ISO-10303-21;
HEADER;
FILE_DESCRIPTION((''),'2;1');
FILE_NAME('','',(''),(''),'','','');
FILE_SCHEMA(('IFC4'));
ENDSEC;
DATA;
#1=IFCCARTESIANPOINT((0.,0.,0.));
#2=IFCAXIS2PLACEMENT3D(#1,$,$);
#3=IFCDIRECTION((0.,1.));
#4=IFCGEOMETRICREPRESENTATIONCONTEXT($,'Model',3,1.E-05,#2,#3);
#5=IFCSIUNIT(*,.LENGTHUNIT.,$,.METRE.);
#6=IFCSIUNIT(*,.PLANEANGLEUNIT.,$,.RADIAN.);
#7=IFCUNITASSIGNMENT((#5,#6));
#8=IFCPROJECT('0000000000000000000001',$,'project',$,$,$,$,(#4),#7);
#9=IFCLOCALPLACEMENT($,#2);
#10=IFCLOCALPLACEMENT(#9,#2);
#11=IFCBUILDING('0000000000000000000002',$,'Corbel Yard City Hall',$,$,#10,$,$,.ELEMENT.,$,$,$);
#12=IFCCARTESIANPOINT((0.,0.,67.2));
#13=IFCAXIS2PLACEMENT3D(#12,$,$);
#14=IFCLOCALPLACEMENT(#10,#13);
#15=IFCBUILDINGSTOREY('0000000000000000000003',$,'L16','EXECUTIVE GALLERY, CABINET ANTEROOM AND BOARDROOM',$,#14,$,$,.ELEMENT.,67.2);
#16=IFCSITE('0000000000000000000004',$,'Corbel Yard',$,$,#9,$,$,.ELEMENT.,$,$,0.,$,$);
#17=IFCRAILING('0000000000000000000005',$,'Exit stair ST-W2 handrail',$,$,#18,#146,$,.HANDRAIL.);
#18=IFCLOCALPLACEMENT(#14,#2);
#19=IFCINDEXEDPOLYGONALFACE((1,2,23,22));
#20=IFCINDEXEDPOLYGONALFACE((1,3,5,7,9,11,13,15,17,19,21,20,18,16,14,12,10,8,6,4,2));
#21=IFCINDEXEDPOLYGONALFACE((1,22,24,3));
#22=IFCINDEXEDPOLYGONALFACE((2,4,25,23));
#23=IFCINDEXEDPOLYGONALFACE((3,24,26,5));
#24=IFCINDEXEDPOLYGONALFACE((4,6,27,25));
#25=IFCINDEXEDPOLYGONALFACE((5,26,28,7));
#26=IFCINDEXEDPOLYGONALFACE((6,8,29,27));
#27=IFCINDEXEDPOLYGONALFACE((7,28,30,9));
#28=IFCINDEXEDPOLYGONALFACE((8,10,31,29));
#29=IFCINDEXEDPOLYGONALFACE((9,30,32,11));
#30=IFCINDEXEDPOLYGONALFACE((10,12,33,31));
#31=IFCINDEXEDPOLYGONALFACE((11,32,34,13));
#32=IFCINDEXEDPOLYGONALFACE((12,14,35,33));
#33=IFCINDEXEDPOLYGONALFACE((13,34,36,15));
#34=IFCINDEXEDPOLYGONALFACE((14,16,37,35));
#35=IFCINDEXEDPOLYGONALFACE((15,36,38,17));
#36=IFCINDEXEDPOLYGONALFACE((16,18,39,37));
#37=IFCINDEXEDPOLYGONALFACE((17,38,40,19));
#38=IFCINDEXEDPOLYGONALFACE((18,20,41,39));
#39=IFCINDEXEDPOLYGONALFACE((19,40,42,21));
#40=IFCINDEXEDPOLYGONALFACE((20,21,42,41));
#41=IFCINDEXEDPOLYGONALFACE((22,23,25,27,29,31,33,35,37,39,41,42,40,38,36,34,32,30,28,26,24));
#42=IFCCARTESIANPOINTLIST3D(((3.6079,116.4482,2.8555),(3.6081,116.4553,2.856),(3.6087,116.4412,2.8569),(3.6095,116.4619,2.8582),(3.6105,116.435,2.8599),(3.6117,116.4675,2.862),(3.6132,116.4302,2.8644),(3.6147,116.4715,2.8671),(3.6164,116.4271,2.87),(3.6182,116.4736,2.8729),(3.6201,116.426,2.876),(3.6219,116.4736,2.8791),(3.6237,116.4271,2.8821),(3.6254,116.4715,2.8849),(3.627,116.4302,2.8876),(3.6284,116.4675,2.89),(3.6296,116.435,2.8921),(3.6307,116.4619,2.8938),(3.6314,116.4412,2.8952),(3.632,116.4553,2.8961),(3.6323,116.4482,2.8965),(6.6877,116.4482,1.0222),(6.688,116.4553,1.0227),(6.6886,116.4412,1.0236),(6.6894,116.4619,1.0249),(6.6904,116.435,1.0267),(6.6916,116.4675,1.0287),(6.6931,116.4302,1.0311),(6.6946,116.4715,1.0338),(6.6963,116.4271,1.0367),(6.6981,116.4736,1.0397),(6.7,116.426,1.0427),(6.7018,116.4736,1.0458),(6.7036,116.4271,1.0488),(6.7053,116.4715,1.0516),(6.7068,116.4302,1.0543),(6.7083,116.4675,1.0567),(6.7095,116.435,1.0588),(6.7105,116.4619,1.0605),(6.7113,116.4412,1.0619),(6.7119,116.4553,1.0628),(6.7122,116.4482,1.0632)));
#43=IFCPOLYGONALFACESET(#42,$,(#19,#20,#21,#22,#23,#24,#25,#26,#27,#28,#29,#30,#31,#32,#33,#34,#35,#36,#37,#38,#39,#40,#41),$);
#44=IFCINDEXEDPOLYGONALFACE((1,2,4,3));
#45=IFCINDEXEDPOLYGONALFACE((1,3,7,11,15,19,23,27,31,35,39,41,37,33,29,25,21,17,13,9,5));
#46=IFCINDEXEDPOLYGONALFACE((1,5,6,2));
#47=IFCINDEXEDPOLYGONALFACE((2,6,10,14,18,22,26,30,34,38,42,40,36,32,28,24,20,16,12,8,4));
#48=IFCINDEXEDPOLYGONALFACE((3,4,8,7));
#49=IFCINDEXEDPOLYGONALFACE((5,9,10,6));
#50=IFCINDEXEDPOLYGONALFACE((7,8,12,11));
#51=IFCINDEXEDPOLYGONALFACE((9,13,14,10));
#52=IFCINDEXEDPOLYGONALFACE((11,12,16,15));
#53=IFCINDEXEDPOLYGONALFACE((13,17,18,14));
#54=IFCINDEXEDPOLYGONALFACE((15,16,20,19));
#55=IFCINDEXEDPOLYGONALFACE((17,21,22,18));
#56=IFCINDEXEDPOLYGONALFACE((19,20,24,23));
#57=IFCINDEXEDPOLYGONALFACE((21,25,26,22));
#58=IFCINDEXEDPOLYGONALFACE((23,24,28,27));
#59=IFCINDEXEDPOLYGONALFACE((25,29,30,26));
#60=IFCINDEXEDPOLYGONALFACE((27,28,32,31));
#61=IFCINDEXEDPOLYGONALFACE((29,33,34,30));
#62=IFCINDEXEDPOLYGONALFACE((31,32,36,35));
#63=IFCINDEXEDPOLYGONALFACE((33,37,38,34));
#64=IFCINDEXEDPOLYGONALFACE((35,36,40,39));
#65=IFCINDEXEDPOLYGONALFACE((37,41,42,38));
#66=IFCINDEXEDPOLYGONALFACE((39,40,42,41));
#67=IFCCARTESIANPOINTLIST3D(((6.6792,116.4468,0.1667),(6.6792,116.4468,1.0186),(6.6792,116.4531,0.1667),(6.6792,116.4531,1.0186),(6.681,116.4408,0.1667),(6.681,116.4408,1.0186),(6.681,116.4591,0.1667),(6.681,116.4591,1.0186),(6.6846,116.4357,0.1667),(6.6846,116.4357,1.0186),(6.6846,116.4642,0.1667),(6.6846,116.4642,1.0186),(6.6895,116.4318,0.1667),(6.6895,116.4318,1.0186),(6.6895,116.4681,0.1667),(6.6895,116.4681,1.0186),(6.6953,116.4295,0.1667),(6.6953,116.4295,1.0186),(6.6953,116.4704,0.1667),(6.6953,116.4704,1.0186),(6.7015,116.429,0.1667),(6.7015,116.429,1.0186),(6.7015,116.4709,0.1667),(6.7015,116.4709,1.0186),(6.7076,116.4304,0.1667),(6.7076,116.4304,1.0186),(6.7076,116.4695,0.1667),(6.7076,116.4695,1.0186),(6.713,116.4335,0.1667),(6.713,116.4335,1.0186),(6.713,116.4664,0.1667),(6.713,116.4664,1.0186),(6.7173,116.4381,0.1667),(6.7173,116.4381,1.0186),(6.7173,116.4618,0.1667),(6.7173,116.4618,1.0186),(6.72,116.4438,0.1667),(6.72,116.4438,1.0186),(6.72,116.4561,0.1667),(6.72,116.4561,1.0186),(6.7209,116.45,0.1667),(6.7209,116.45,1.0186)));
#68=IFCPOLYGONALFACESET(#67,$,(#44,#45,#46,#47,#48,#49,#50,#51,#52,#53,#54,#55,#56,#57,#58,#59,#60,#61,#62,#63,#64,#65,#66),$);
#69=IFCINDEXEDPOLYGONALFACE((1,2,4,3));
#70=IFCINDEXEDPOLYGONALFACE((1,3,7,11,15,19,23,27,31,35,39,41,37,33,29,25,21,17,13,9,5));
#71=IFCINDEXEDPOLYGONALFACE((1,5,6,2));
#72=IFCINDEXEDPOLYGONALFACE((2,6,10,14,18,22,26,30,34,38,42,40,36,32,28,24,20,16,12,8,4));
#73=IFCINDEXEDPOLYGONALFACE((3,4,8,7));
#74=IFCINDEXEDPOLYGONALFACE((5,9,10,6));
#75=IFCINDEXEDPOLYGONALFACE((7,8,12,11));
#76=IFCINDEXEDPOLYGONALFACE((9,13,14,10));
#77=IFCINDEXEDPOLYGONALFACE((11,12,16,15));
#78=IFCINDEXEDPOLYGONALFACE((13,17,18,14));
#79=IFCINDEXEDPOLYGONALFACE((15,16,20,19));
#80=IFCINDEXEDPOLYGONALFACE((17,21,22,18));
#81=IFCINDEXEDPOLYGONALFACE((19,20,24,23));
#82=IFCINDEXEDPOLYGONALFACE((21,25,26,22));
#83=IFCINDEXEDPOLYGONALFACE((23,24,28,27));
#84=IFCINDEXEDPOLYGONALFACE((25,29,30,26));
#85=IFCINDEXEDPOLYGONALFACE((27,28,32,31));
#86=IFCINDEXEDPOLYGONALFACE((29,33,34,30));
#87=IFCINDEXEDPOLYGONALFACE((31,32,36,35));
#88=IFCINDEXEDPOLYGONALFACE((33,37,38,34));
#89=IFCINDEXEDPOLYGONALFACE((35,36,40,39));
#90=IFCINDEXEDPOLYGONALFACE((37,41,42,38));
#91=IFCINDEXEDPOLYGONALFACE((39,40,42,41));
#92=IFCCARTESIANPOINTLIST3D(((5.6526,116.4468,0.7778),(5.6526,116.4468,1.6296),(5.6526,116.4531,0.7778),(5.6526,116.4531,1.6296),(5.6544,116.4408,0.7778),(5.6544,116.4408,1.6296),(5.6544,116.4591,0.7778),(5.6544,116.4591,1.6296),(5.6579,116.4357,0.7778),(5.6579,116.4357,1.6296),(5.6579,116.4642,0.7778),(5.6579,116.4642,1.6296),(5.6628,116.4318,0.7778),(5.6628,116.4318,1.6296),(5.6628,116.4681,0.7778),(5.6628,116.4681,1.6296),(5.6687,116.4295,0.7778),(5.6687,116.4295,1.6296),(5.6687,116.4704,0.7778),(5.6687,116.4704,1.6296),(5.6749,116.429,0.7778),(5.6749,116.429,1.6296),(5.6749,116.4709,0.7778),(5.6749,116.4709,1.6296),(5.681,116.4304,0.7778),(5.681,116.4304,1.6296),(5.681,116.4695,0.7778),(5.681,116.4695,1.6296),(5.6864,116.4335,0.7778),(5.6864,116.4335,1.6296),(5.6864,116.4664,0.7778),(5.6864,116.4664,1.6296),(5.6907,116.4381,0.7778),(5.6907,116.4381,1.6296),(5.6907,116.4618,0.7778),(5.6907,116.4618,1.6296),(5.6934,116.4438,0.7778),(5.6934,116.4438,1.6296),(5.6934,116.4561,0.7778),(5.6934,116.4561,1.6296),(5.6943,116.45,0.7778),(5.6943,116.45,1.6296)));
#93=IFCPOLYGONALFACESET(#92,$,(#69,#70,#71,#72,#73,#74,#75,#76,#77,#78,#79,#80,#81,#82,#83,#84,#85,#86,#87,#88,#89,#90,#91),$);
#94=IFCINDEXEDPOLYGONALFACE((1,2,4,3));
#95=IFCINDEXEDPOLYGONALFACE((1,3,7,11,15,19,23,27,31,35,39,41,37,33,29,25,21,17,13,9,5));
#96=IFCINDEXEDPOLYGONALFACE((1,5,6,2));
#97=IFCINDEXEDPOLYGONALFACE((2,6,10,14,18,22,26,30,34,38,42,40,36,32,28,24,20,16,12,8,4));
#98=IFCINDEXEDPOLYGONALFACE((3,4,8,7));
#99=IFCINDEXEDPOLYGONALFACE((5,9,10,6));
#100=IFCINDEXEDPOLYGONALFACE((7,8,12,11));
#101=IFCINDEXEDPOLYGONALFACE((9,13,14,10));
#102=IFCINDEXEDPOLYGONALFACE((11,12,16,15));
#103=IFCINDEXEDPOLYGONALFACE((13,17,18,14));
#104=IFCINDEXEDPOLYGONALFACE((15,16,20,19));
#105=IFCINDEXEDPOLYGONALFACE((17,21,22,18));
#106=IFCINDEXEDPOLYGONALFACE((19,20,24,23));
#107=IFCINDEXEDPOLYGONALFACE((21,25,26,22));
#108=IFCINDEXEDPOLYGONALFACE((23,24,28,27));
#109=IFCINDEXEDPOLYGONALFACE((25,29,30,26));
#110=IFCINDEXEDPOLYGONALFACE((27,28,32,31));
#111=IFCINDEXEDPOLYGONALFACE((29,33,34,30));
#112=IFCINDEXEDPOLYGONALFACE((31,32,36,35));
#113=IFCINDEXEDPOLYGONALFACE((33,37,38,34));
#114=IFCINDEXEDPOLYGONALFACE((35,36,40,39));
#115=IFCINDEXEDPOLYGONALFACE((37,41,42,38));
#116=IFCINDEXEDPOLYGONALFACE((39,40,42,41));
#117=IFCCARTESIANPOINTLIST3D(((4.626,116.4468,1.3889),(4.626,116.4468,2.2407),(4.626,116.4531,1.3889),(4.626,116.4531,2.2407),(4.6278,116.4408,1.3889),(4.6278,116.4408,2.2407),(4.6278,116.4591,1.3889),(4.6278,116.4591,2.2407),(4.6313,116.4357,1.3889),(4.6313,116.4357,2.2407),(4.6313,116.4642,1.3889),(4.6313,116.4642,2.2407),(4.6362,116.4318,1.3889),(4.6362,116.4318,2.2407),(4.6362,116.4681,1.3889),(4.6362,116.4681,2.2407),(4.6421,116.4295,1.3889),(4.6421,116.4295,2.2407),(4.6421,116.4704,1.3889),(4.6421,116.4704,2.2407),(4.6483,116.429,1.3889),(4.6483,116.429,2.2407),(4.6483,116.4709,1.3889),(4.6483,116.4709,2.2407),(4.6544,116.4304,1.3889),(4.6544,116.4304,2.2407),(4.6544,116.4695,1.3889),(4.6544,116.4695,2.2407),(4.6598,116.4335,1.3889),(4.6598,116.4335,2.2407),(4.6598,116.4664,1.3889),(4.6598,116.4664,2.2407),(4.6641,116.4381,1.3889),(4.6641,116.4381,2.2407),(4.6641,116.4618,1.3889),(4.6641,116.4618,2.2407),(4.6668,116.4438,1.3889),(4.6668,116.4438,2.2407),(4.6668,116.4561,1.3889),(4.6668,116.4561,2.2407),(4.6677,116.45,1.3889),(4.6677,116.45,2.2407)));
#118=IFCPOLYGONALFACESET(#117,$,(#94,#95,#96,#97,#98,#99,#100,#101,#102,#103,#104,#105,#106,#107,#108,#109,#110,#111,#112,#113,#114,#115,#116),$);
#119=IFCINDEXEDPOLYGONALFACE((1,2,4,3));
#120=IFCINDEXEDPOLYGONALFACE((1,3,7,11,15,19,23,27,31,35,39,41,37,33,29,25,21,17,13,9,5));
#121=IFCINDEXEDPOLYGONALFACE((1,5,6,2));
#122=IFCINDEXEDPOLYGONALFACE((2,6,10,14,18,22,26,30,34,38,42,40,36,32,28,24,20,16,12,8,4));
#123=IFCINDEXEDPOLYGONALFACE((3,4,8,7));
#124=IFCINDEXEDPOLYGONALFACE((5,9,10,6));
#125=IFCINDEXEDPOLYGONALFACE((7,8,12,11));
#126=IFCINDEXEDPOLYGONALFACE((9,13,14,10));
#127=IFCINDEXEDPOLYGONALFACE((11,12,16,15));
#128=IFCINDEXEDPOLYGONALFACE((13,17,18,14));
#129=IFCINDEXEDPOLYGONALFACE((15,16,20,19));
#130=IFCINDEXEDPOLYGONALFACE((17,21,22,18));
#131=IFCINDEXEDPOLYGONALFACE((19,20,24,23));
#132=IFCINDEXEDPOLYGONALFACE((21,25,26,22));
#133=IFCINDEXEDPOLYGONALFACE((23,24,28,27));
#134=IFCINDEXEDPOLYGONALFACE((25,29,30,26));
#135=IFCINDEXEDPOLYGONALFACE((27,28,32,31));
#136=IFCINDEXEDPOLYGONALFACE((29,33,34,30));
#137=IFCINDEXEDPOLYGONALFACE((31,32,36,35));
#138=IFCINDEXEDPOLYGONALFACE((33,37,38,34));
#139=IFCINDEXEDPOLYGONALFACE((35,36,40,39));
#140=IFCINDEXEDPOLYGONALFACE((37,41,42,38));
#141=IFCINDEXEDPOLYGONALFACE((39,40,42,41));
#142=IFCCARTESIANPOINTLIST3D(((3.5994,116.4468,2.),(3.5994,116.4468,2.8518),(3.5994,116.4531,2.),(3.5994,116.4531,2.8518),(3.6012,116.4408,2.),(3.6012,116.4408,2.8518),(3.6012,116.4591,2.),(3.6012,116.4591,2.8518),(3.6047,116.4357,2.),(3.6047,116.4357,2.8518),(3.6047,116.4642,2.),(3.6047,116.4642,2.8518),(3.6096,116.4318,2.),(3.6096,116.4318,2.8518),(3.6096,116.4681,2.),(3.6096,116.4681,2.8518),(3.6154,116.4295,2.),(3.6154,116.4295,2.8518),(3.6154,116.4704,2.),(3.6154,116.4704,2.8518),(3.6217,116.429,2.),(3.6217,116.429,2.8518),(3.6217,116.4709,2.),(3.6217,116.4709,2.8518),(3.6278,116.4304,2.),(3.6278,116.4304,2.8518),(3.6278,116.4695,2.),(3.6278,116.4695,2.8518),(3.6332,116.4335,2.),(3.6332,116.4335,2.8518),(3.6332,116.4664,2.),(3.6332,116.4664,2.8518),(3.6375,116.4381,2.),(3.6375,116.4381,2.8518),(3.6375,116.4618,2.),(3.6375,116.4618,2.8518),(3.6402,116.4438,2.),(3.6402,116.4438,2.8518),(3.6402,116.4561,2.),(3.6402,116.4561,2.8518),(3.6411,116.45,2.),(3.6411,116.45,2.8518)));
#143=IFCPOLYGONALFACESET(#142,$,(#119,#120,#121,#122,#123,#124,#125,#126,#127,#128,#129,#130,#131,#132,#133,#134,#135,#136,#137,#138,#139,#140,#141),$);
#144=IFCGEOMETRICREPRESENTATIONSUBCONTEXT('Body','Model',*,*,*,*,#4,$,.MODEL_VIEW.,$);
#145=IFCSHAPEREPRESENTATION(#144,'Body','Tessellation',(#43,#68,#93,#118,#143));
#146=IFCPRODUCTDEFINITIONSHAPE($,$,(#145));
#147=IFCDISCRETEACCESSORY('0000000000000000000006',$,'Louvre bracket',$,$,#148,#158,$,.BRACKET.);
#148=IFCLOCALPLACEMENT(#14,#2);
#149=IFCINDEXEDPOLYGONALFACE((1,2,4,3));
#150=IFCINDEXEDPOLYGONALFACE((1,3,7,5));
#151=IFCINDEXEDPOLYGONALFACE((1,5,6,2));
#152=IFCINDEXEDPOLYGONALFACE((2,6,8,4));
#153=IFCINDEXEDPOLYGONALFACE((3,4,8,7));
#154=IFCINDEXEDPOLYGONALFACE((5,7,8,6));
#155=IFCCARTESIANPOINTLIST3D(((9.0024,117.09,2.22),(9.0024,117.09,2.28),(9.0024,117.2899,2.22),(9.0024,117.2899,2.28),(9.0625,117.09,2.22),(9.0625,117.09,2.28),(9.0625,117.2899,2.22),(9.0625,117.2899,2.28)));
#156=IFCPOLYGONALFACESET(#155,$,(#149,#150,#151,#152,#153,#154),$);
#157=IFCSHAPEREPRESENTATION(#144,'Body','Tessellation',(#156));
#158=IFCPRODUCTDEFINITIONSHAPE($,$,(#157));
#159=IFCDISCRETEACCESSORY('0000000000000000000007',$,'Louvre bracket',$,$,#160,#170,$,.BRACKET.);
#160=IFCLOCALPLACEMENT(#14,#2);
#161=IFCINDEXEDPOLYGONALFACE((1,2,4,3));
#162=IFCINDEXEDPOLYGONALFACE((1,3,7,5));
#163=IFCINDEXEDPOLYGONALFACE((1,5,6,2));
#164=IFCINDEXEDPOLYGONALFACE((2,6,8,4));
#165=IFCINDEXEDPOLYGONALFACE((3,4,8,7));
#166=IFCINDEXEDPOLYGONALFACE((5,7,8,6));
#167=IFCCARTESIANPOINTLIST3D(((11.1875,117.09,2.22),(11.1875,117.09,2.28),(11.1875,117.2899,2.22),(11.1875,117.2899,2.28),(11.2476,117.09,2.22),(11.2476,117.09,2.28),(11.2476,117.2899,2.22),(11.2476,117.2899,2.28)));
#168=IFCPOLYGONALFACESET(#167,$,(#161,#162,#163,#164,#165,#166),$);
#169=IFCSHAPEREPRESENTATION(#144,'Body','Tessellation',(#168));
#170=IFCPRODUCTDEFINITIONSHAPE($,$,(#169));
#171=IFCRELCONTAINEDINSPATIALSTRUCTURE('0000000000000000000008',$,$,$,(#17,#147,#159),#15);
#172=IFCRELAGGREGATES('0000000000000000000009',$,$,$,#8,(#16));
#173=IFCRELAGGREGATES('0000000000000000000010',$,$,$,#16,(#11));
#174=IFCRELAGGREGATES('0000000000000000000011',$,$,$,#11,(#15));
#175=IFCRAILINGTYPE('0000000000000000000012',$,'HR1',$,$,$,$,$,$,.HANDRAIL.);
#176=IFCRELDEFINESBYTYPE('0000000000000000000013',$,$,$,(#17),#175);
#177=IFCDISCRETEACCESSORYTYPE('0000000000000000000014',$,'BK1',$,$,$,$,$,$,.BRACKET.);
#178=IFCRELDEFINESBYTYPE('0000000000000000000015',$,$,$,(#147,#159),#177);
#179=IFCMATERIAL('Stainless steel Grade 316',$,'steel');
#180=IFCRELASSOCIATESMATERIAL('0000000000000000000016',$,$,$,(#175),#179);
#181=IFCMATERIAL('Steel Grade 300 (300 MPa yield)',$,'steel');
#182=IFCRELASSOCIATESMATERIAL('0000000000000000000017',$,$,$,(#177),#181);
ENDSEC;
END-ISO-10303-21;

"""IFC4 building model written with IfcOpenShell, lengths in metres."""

from ifc_helpers import new_model, si_unit, direction, frame, origin, origin_2d, place, context, subcontext, project, spatial, rectangle, circle, extrude, material, type_object, element, save


model = new_model("IFC4")

# Units and contexts
model_context = context("Model", 3, precision=1e-05, world=origin(), true_north=direction((0.0, 1.0)))
body_context = subcontext(model_context, "Body", "Model", "MODEL_VIEW")
ifc_project = project(units=[si_unit("LENGTHUNIT", "METRE"), si_unit("PLANEANGLEUNIT", "RADIAN")], contexts=[model_context])

# Site, building, storey
site_placement = place(None, origin())
site = spatial("IfcSite", under=ifc_project, at=site_placement, Name="Corbel Yard", CompositionType="ELEMENT", RefElevation=0.0)
building_placement = place(site_placement, origin())
building = spatial("IfcBuilding", under=site, at=building_placement, Name="Corbel Yard City Hall", CompositionType="ELEMENT")
storey_placement = place(building_placement, frame((0.0, 0.0, 67.2)))
storey = spatial("IfcBuildingStorey", under=building, at=storey_placement, Name="L16", Description="EXECUTIVE GALLERY, CABINET ANTEROOM AND BOARDROOM", CompositionType="ELEMENT", Elevation=67.2)

# Shared definitions
ifc_material_1 = material(Name="Steel Grade 300 (300 MPa yield)", Category="steel")

# Railing
ifc_material_2 = material(Name="Stainless steel Grade 316", Category="steel")
railing_type_1 = type_object("IfcRailingType", Name="HR1", PredefinedType="HANDRAIL", material=ifc_material_2)
railing_1_placement = place(storey_placement, frame((6.7, 116.45, 0.1667)))
element("IfcRailing", 1, at=railing_1_placement, inside=storey, type_object=railing_type_1, Name="Exit stair ST-W2 handrail", PredefinedType="HANDRAIL", context=body_context, shape_type="SweptSolid", body=[
    extrude(circle(Radius=0.0239, at=origin_2d()), frame((0.0, 0.0, 0.876), z_axis=(-0.859291, 0.0, 0.511487), x_axis=(0.0, -1.0, 0.0)), (0.0, 0.0, 1.0), 3.5842),
    extrude(circle(Radius=0.021, at=origin_2d()), origin(), (0.0, 0.0, 1.0), 0.8518),
    extrude(circle(Radius=0.021, at=origin_2d()), frame((-1.0266, 0.0, 0.6111)), (0.0, 0.0, 1.0), 0.8518),
    extrude(circle(Radius=0.021, at=origin_2d()), frame((-2.0532, 0.0, 1.2222)), (0.0, 0.0, 1.0), 0.8518),
    extrude(circle(Radius=0.021, at=origin_2d()), frame((-3.0798, 0.0, 1.8333)), (0.0, 0.0, 1.0), 0.8518),
])

# Discrete accessories
discrete_accessory_type = type_object("IfcDiscreteAccessoryType", Name="BK1", PredefinedType="BRACKET", material=ifc_material_1)
for number, where, z_axis, x_axis, name in (
    (2, (9.0325, 117.1899, 2.22), (0.0, 0.0, 1.0), (1.0, 0.0, 0.0), "Louvre bracket"),
    (3, (11.2175, 117.1899, 2.22), (0.0, 0.0, 1.0), (1.0, 0.0, 0.0), "Louvre bracket"),
):
    element("IfcDiscreteAccessory", number, at=place(storey_placement, frame(where, z_axis=z_axis, x_axis=x_axis)), inside=storey, type_object=discrete_accessory_type, Name=name, PredefinedType="BRACKET", context=body_context, shape_type="SweptSolid", body=[
        extrude(rectangle(XDim=0.0601, YDim=0.2, at=origin_2d()), origin(), (0.0, 0.0, 1.0), 0.0601),
    ])

save(model, "model.ifc")
